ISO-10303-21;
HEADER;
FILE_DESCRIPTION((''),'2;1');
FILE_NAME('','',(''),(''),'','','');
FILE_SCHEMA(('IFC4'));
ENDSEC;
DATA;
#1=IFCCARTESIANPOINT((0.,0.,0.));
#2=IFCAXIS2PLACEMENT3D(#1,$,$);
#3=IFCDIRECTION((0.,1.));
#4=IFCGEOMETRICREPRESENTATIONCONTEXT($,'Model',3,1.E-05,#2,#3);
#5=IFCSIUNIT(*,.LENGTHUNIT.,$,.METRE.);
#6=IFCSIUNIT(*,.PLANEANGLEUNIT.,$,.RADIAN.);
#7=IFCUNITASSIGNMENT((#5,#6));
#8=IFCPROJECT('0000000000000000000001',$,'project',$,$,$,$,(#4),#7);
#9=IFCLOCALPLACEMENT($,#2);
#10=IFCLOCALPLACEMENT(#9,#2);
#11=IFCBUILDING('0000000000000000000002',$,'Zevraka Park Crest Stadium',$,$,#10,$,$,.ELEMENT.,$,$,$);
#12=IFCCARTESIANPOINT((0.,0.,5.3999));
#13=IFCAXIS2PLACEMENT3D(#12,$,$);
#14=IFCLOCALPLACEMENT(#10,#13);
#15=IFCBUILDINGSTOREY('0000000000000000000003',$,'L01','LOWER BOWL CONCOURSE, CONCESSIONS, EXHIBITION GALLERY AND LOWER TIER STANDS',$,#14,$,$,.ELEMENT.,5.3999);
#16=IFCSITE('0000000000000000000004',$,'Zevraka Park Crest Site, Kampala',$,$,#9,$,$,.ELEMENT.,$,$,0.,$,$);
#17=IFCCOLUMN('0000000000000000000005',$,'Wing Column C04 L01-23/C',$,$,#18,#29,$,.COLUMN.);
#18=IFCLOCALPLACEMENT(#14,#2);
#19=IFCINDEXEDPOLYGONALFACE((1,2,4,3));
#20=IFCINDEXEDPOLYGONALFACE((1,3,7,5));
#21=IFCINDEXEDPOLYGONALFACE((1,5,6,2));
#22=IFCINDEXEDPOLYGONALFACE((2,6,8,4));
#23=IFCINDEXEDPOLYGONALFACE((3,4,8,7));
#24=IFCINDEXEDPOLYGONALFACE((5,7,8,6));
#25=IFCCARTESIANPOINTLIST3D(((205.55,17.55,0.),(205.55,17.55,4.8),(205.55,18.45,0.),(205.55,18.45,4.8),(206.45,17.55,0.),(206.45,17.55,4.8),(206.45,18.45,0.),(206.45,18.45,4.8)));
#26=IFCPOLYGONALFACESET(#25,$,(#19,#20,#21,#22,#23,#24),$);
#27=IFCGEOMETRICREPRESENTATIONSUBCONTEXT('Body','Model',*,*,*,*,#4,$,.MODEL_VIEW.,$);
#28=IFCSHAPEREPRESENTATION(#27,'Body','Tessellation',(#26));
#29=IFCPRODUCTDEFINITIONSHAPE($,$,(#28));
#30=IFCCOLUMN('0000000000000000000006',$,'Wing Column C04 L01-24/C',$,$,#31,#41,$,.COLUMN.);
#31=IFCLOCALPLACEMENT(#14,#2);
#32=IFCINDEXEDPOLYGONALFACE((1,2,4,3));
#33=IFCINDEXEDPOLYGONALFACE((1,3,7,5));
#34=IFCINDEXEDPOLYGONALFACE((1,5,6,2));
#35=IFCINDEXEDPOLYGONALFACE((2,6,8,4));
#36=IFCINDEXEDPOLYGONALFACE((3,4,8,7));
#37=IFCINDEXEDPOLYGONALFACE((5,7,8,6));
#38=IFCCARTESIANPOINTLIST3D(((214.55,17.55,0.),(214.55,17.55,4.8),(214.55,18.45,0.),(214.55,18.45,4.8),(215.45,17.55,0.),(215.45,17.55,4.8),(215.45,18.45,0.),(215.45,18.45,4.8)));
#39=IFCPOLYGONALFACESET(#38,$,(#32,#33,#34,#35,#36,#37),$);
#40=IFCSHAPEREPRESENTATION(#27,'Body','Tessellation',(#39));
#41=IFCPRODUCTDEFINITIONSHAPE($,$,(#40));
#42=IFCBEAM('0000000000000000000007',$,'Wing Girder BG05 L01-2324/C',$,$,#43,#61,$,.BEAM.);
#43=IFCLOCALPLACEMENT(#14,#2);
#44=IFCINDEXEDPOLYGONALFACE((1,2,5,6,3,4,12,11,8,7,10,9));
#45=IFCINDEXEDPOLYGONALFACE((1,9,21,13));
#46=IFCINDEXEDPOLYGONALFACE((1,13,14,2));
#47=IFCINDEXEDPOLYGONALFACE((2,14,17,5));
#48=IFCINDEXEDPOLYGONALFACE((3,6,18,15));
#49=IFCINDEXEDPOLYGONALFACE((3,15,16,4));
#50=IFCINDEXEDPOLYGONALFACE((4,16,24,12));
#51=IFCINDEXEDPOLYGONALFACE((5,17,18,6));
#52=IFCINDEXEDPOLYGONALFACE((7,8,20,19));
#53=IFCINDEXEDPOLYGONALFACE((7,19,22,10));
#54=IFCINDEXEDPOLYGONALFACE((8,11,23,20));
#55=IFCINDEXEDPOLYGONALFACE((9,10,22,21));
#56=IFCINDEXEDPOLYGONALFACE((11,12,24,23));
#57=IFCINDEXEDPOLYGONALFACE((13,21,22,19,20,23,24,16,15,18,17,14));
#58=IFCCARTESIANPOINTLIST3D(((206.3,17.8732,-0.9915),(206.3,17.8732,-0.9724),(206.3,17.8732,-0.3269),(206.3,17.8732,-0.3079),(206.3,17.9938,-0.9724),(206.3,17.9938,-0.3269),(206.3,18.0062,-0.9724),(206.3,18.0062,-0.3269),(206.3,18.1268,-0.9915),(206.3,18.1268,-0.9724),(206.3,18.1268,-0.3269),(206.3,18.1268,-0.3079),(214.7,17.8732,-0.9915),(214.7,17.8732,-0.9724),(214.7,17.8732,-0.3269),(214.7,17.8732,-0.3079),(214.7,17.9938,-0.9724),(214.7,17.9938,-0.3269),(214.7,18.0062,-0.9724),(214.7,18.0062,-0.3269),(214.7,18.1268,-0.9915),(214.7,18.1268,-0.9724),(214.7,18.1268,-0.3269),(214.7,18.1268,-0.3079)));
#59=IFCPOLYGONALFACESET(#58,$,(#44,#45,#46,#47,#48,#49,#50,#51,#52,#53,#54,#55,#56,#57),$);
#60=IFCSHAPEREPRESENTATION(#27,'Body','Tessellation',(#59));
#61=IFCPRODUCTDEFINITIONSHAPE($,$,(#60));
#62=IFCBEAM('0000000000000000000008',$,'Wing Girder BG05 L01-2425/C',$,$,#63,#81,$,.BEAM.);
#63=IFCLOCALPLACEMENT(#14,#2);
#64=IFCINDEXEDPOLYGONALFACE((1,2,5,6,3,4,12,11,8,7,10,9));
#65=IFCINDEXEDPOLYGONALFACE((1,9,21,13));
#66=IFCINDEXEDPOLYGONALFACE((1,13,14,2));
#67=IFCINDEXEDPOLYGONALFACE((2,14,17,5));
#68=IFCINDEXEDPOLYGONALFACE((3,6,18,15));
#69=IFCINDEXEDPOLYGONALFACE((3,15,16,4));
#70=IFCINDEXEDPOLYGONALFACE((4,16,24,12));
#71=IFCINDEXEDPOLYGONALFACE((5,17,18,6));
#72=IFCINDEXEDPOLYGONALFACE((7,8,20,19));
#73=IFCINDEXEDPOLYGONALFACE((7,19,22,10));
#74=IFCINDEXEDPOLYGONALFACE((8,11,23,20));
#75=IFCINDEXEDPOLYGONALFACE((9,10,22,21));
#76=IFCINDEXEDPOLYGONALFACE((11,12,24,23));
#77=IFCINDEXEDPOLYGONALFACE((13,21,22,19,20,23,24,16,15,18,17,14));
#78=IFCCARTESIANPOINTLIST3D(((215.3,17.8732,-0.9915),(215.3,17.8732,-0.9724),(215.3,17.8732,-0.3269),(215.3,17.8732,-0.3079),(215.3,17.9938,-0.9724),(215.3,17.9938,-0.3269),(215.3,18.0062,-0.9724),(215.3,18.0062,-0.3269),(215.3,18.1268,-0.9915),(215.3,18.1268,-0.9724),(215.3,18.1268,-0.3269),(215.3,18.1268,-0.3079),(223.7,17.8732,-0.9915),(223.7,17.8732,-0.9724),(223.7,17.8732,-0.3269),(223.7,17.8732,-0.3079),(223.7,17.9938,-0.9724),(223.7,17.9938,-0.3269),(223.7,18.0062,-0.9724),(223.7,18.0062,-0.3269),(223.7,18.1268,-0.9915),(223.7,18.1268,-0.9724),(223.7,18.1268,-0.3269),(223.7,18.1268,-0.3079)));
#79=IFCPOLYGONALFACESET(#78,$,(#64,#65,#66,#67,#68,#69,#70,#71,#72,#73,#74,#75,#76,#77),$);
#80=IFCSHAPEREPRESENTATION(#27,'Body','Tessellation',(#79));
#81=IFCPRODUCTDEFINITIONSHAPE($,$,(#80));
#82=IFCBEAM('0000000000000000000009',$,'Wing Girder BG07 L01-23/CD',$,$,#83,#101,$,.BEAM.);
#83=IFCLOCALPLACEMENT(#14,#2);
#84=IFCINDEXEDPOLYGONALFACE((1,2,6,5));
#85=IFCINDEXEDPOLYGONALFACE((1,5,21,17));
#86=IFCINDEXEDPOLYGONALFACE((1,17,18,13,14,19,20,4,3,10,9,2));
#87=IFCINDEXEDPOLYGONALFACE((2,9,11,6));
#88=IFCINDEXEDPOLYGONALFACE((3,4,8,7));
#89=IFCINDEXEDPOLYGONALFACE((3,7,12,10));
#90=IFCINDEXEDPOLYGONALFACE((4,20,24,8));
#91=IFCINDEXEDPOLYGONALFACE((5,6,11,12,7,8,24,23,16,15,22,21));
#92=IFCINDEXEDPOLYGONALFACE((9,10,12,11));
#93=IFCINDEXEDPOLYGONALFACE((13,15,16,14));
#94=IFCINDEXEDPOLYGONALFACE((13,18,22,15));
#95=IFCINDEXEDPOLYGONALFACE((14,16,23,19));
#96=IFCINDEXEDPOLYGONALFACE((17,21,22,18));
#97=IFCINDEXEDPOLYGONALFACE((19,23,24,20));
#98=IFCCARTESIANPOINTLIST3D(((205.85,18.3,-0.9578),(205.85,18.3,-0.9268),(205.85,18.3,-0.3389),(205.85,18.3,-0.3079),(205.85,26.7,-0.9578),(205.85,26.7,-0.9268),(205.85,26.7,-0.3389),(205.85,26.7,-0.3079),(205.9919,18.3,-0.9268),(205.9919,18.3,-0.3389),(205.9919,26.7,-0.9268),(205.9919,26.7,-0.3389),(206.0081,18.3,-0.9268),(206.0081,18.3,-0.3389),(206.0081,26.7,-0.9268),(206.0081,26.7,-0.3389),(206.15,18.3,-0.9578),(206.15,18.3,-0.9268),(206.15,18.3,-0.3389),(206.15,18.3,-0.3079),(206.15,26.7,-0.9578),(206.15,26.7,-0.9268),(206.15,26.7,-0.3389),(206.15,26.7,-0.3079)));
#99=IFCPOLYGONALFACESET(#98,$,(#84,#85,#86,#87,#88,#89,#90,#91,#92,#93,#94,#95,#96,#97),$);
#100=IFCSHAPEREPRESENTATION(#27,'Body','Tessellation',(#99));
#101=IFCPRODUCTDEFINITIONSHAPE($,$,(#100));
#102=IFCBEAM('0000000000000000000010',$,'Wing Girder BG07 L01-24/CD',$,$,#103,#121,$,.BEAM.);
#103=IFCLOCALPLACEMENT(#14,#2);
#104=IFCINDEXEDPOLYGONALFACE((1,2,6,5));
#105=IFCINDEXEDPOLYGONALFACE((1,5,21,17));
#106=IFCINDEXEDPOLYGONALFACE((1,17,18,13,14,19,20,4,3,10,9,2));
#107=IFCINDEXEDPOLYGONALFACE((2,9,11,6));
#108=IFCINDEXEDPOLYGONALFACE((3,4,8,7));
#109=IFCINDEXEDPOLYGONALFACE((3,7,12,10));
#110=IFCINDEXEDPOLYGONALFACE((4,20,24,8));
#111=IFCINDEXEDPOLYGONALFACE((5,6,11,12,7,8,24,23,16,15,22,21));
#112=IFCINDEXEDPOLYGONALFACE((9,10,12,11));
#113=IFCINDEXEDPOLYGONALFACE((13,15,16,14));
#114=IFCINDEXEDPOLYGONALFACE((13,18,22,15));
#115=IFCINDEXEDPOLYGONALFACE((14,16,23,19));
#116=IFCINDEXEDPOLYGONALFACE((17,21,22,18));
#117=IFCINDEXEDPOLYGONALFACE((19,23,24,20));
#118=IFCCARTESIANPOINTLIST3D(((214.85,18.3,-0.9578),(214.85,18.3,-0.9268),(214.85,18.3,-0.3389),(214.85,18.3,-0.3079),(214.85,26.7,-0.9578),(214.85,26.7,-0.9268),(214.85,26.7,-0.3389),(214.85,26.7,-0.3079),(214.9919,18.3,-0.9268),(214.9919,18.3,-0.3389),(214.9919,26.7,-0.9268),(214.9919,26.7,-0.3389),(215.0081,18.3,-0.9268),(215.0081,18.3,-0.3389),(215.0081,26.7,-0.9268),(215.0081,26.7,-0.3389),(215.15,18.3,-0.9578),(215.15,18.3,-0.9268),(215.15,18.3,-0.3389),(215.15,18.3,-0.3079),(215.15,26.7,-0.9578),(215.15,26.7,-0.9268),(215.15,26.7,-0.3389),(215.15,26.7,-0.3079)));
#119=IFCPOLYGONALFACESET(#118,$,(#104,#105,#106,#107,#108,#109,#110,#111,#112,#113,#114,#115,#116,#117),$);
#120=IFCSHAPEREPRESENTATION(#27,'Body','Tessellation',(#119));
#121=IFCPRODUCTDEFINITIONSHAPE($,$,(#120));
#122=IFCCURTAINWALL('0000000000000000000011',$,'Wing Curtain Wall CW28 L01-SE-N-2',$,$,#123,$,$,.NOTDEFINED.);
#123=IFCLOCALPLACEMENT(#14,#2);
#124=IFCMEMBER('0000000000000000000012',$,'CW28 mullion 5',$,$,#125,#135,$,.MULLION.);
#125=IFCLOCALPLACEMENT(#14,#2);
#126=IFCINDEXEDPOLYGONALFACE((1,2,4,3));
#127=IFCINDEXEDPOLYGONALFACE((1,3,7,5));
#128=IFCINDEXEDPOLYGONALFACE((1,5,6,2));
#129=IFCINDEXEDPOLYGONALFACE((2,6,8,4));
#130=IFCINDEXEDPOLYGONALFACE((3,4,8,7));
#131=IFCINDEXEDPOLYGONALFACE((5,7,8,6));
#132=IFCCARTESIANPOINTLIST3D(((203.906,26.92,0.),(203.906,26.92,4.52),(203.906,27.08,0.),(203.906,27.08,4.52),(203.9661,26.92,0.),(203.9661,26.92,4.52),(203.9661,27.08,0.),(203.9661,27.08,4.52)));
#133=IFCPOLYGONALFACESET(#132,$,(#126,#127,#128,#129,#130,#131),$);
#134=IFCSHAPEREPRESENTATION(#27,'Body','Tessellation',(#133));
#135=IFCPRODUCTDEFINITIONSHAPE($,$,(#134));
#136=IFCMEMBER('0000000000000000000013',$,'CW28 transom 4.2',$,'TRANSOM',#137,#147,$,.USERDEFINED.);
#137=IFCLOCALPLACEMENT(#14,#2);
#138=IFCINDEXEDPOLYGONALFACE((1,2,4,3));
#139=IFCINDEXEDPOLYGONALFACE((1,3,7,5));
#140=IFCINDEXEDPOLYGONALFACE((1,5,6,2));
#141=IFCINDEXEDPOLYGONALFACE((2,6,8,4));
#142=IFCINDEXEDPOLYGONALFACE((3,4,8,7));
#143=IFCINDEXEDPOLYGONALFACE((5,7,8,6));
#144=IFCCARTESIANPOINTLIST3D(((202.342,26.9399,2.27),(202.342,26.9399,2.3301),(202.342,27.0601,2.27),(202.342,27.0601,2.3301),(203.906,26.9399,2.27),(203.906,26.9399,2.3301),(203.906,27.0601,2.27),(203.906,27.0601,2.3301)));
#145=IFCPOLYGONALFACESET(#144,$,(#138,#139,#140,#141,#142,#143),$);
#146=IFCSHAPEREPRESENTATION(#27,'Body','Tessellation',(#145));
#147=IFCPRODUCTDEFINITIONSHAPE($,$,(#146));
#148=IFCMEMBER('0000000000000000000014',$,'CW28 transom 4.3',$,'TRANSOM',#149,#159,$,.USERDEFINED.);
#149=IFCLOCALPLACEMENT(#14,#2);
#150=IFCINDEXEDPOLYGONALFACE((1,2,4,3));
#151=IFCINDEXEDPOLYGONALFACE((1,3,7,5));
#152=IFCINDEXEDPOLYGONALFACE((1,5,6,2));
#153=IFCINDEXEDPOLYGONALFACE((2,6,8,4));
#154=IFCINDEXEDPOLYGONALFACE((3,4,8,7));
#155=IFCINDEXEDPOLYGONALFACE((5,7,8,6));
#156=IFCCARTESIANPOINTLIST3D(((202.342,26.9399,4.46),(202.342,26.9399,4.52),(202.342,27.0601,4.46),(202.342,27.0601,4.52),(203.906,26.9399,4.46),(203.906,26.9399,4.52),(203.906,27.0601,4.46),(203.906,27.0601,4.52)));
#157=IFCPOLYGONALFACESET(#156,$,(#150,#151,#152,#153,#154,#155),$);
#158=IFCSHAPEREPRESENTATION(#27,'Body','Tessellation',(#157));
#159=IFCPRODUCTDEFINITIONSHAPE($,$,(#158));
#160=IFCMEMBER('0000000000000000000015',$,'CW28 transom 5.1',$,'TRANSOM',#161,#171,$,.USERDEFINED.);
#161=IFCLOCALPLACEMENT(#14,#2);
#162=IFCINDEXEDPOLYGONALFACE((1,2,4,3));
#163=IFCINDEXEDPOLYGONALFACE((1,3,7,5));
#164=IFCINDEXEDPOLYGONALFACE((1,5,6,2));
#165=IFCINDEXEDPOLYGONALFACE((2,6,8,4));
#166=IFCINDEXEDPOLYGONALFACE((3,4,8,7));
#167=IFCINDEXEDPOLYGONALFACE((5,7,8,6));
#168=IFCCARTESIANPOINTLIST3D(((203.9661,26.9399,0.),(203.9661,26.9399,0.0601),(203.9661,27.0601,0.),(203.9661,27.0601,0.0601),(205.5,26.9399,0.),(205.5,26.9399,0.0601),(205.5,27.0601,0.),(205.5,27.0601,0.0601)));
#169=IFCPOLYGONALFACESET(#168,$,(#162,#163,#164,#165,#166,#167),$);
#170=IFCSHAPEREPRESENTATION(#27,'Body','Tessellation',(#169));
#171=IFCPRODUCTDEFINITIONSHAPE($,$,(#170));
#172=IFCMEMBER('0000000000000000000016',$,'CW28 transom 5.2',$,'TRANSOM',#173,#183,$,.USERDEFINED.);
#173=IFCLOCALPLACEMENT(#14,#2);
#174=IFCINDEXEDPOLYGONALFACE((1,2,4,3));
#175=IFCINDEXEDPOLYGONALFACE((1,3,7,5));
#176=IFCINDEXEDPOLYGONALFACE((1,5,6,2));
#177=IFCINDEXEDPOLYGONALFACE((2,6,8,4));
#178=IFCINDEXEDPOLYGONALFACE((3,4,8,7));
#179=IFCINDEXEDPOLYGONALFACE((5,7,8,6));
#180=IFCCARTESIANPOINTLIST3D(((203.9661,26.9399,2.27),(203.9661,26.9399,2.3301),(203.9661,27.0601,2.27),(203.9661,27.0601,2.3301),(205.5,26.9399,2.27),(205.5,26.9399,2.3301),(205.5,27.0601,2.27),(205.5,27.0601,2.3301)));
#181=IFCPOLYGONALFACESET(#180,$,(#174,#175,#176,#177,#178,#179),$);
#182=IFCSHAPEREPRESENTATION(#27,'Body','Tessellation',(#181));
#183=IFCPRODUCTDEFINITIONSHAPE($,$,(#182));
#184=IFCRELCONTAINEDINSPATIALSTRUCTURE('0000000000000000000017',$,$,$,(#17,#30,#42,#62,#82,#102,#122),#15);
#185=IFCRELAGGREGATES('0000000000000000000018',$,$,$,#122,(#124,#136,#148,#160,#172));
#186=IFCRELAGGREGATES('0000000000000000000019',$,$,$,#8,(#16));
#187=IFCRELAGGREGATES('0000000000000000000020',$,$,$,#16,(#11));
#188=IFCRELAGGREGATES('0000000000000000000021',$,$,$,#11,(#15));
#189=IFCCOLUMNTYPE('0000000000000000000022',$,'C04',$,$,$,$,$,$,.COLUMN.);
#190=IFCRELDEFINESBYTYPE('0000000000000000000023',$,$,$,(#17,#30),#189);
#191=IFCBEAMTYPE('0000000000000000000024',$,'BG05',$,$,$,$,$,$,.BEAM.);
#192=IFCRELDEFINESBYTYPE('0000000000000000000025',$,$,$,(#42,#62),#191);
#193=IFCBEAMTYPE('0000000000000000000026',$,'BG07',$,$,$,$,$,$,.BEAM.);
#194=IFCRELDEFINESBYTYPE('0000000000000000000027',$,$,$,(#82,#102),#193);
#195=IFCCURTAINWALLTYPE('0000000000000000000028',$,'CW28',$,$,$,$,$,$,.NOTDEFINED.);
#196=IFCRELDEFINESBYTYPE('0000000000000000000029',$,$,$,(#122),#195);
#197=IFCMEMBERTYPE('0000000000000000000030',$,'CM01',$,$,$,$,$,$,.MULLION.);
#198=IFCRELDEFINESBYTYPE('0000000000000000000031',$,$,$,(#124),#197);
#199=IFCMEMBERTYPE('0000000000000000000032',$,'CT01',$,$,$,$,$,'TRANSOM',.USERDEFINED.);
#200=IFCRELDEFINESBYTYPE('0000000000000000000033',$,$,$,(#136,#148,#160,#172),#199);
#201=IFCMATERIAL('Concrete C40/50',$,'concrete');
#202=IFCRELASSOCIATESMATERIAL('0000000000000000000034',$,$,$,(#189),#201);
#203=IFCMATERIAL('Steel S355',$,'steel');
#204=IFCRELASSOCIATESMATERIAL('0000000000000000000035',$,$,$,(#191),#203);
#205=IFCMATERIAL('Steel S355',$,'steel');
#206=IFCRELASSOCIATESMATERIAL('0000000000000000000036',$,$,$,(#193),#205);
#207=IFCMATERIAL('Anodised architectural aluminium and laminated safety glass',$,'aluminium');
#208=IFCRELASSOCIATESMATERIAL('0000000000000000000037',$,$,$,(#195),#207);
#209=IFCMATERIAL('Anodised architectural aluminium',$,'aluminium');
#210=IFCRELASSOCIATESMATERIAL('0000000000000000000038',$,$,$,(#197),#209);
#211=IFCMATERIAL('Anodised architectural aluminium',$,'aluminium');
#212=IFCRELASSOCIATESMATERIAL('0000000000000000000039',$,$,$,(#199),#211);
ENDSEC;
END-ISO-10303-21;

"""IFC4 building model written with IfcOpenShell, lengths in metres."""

from ifc_helpers import new_model, si_unit, direction, frame, origin, origin_2d, place, context, subcontext, project, spatial, rectangle, i_section, extrude, material, material_profile, profile_set, type_object, element, aggregate, save


model = new_model("IFC4")

# Units and contexts
model_context = context("Model", 3, precision=1e-05, world=origin(), true_north=direction((0.0, 1.0)))
body_context = subcontext(model_context, "Body", "Model", "MODEL_VIEW")
ifc_project = project(units=[si_unit("LENGTHUNIT", "METRE"), si_unit("PLANEANGLEUNIT", "RADIAN")], contexts=[model_context])

# Site, building, storey
site_placement = place(None, origin())
site = spatial("IfcSite", under=ifc_project, at=site_placement, Name="Zevraka Park Crest Site, Kampala", CompositionType="ELEMENT", RefElevation=0.0)
building_placement = place(site_placement, origin())
building = spatial("IfcBuilding", under=site, at=building_placement, Name="Zevraka Park Crest Stadium", CompositionType="ELEMENT")
storey_placement = place(building_placement, frame((0.0, 0.0, 5.3999)))
storey = spatial("IfcBuildingStorey", under=building, at=storey_placement, Name="L01", Description="LOWER BOWL CONCOURSE, CONCESSIONS, EXHIBITION GALLERY AND LOWER TIER STANDS", CompositionType="ELEMENT", Elevation=5.3999)

# Columns
ifc_material_1 = material(Name="Concrete C40/50", Category="concrete")
ifc_material_profile_1 = material_profile(ifc_material_1, rectangle(XDim=0.8999, YDim=0.8999, at=origin_2d()), Name="RC 900x900")
ifc_profile_set_1 = profile_set([ifc_material_profile_1], Name="Concrete C40/50")
column_type = type_object("IfcColumnType", Name="C04", PredefinedType="COLUMN", material=ifc_profile_set_1)
for number, where, z_axis, x_axis, name in (
    (1, (206.0, 18.0, 0.0), (0.0, 0.0, 1.0), (1.0, 0.0, 0.0), "Wing Column C04 L01-23/C"),
    (2, (215.0, 18.0, 0.0), (0.0, 0.0, 1.0), (1.0, 0.0, 0.0), "Wing Column C04 L01-24/C"),
):
    element("IfcColumn", number, at=place(storey_placement, frame(where, z_axis=z_axis, x_axis=x_axis)), inside=storey, type_object=column_type, Name=name, PredefinedType="COLUMN", context=body_context, shape_type="SweptSolid", body=[
        extrude(rectangle(XDim=0.8999, YDim=0.8999, at=origin_2d()), origin(), (0.0, 0.0, 1.0), 4.8),
    ])

# Beams
ifc_material_2 = material(Name="Steel S355", Category="steel")
ifc_material_profile_2 = material_profile(ifc_material_2, i_section(OverallWidth=0.2537, OverallDepth=0.6836, WebThickness=0.0125, FlangeThickness=0.019, at=origin_2d()), Name="UKB 686x254x140")
ifc_profile_set_2 = profile_set([ifc_material_profile_2], Name="Steel S355")
beam_type_1 = type_object("IfcBeamType", Name="BG05", PredefinedType="BEAM", material=ifc_profile_set_2)
for number, where, z_axis, x_axis, name in (
    (3, (206.3, 18.0, -0.6497), (1.0, 0.0, 0.0), (0.0, 1.0, 0.0), "Wing Girder BG05 L01-2324/C"),
    (4, (215.3, 18.0, -0.6497), (1.0, 0.0, 0.0), (0.0, 1.0, 0.0), "Wing Girder BG05 L01-2425/C"),
):
    element("IfcBeam", number, at=place(storey_placement, frame(where, z_axis=z_axis, x_axis=x_axis)), inside=storey, type_object=beam_type_1, Name=name, PredefinedType="BEAM", context=body_context, shape_type="SweptSolid", body=[
        extrude(i_section(OverallWidth=0.2537, OverallDepth=0.6836, WebThickness=0.0125, FlangeThickness=0.019, at=origin_2d()), origin(), (0.0, 0.0, 1.0), 8.3999),
    ])
ifc_material_3 = material(Name="Steel S355", Category="steel")
ifc_material_profile_3 = material_profile(ifc_material_3, i_section(OverallWidth=0.3, OverallDepth=0.6499, WebThickness=0.0161, FlangeThickness=0.031, at=origin_2d()), Name="HEB 650")
ifc_profile_set_3 = profile_set([ifc_material_profile_3], Name="Steel S355")
beam_type_2 = type_object("IfcBeamType", Name="BG07", PredefinedType="BEAM", material=ifc_profile_set_3)
for number, where, z_axis, x_axis, name in (
    (5, (206.0, 18.3, -0.6328), (0.0, 1.0, 0.0), (-1.0, 0.0, 0.0), "Wing Girder BG07 L01-23/CD"),
    (6, (215.0, 18.3, -0.6328), (0.0, 1.0, 0.0), (-1.0, 0.0, 0.0), "Wing Girder BG07 L01-24/CD"),
):
    element("IfcBeam", number, at=place(storey_placement, frame(where, z_axis=z_axis, x_axis=x_axis)), inside=storey, type_object=beam_type_2, Name=name, PredefinedType="BEAM", context=body_context, shape_type="SweptSolid", body=[
        extrude(i_section(OverallWidth=0.3, OverallDepth=0.6499, WebThickness=0.0161, FlangeThickness=0.031, at=origin_2d()), origin(), (0.0, 0.0, 1.0), 8.3999),
    ])

# Curtain wall, members
ifc_material_4 = material(Name="Anodised architectural aluminium and laminated safety glass", Category="aluminium")
curtain_wall_type = type_object("IfcCurtainWallType", Name="CW28", PredefinedType="NOTDEFINED", material=ifc_material_4)
curtain_wall_1_placement = place(storey_placement, origin())
curtain_wall_1 = element("IfcCurtainWall", 7, at=curtain_wall_1_placement, inside=storey, type_object=curtain_wall_type, Name="Wing Curtain Wall CW28 L01-SE-N-2", PredefinedType="NOTDEFINED")
ifc_material_5 = material(Name="Anodised architectural aluminium", Category="aluminium")
ifc_material_profile_4 = material_profile(ifc_material_5, rectangle(XDim=0.1599, YDim=0.0601, at=origin_2d()), Name="ALU MULLION 160x60")
ifc_profile_set_4 = profile_set([ifc_material_profile_4], Name="Anodised architectural aluminium")
member_type_1 = type_object("IfcMemberType", Name="CM01", PredefinedType="MULLION", material=ifc_profile_set_4)
member_1_placement = place(storey_placement, frame((203.936, 27.0, 0.0), z_axis=(0.0, 0.0, 1.0), x_axis=(0.0, 1.0, 0.0)))
member_1 = element("IfcMember", 8, at=member_1_placement, type_object=member_type_1, Name="CW28 mullion 5", PredefinedType="MULLION", context=body_context, shape_type="SweptSolid", body=[
    extrude(rectangle(XDim=0.1599, YDim=0.0601, at=origin_2d()), origin(), (0.0, 0.0, 1.0), 4.52),
])
ifc_material_6 = material(Name="Anodised architectural aluminium", Category="aluminium")
ifc_material_profile_5 = material_profile(ifc_material_6, rectangle(XDim=0.1201, YDim=0.0601, at=origin_2d()), Name="ALU TRANSOM 120x60")
ifc_profile_set_5 = profile_set([ifc_material_profile_5], Name="Anodised architectural aluminium")
member_type_2 = type_object("IfcMemberType", Name="CT01", ElementType="TRANSOM", PredefinedType="USERDEFINED", material=ifc_profile_set_5)
member_2_placement = place(storey_placement, frame((202.342, 27.0, 2.3), z_axis=(1.0, 0.0, 0.0), x_axis=(0.0, 1.0, 0.0)))
member_2 = element("IfcMember", 9, at=member_2_placement, type_object=member_type_2, Name="CW28 transom 4.2", ObjectType="TRANSOM", PredefinedType="USERDEFINED", context=body_context, shape_type="SweptSolid", body=[
    extrude(rectangle(XDim=0.1201, YDim=0.0601, at=origin_2d()), origin(), (0.0, 0.0, 1.0), 1.564),
])
member_3_placement = place(storey_placement, frame((202.342, 27.0, 4.49), z_axis=(1.0, 0.0, 0.0), x_axis=(0.0, 1.0, 0.0)))
member_3 = element("IfcMember", 10, at=member_3_placement, type_object=member_type_2, Name="CW28 transom 4.3", ObjectType="TRANSOM", PredefinedType="USERDEFINED", context=body_context, shape_type="SweptSolid", body=[
    extrude(rectangle(XDim=0.1201, YDim=0.0601, at=origin_2d()), origin(), (0.0, 0.0, 1.0), 1.564),
])
member_4_placement = place(storey_placement, frame((203.9661, 27.0, 0.03), z_axis=(1.0, 0.0, 0.0), x_axis=(0.0, 1.0, 0.0)))
member_4 = element("IfcMember", 11, at=member_4_placement, type_object=member_type_2, Name="CW28 transom 5.1", ObjectType="TRANSOM", PredefinedType="USERDEFINED", context=body_context, shape_type="SweptSolid", body=[
    extrude(rectangle(XDim=0.1201, YDim=0.0601, at=origin_2d()), origin(), (0.0, 0.0, 1.0), 1.5339),
])
member_5_placement = place(storey_placement, frame((203.9661, 27.0, 2.3), z_axis=(1.0, 0.0, 0.0), x_axis=(0.0, 1.0, 0.0)))
member_5 = element("IfcMember", 12, at=member_5_placement, type_object=member_type_2, Name="CW28 transom 5.2", ObjectType="TRANSOM", PredefinedType="USERDEFINED", context=body_context, shape_type="SweptSolid", body=[
    extrude(rectangle(XDim=0.1201, YDim=0.0601, at=origin_2d()), origin(), (0.0, 0.0, 1.0), 1.5339),
])

aggregate(curtain_wall_1, [member_1, member_2, member_3, member_4, member_5])

save(model, "model.ifc")
